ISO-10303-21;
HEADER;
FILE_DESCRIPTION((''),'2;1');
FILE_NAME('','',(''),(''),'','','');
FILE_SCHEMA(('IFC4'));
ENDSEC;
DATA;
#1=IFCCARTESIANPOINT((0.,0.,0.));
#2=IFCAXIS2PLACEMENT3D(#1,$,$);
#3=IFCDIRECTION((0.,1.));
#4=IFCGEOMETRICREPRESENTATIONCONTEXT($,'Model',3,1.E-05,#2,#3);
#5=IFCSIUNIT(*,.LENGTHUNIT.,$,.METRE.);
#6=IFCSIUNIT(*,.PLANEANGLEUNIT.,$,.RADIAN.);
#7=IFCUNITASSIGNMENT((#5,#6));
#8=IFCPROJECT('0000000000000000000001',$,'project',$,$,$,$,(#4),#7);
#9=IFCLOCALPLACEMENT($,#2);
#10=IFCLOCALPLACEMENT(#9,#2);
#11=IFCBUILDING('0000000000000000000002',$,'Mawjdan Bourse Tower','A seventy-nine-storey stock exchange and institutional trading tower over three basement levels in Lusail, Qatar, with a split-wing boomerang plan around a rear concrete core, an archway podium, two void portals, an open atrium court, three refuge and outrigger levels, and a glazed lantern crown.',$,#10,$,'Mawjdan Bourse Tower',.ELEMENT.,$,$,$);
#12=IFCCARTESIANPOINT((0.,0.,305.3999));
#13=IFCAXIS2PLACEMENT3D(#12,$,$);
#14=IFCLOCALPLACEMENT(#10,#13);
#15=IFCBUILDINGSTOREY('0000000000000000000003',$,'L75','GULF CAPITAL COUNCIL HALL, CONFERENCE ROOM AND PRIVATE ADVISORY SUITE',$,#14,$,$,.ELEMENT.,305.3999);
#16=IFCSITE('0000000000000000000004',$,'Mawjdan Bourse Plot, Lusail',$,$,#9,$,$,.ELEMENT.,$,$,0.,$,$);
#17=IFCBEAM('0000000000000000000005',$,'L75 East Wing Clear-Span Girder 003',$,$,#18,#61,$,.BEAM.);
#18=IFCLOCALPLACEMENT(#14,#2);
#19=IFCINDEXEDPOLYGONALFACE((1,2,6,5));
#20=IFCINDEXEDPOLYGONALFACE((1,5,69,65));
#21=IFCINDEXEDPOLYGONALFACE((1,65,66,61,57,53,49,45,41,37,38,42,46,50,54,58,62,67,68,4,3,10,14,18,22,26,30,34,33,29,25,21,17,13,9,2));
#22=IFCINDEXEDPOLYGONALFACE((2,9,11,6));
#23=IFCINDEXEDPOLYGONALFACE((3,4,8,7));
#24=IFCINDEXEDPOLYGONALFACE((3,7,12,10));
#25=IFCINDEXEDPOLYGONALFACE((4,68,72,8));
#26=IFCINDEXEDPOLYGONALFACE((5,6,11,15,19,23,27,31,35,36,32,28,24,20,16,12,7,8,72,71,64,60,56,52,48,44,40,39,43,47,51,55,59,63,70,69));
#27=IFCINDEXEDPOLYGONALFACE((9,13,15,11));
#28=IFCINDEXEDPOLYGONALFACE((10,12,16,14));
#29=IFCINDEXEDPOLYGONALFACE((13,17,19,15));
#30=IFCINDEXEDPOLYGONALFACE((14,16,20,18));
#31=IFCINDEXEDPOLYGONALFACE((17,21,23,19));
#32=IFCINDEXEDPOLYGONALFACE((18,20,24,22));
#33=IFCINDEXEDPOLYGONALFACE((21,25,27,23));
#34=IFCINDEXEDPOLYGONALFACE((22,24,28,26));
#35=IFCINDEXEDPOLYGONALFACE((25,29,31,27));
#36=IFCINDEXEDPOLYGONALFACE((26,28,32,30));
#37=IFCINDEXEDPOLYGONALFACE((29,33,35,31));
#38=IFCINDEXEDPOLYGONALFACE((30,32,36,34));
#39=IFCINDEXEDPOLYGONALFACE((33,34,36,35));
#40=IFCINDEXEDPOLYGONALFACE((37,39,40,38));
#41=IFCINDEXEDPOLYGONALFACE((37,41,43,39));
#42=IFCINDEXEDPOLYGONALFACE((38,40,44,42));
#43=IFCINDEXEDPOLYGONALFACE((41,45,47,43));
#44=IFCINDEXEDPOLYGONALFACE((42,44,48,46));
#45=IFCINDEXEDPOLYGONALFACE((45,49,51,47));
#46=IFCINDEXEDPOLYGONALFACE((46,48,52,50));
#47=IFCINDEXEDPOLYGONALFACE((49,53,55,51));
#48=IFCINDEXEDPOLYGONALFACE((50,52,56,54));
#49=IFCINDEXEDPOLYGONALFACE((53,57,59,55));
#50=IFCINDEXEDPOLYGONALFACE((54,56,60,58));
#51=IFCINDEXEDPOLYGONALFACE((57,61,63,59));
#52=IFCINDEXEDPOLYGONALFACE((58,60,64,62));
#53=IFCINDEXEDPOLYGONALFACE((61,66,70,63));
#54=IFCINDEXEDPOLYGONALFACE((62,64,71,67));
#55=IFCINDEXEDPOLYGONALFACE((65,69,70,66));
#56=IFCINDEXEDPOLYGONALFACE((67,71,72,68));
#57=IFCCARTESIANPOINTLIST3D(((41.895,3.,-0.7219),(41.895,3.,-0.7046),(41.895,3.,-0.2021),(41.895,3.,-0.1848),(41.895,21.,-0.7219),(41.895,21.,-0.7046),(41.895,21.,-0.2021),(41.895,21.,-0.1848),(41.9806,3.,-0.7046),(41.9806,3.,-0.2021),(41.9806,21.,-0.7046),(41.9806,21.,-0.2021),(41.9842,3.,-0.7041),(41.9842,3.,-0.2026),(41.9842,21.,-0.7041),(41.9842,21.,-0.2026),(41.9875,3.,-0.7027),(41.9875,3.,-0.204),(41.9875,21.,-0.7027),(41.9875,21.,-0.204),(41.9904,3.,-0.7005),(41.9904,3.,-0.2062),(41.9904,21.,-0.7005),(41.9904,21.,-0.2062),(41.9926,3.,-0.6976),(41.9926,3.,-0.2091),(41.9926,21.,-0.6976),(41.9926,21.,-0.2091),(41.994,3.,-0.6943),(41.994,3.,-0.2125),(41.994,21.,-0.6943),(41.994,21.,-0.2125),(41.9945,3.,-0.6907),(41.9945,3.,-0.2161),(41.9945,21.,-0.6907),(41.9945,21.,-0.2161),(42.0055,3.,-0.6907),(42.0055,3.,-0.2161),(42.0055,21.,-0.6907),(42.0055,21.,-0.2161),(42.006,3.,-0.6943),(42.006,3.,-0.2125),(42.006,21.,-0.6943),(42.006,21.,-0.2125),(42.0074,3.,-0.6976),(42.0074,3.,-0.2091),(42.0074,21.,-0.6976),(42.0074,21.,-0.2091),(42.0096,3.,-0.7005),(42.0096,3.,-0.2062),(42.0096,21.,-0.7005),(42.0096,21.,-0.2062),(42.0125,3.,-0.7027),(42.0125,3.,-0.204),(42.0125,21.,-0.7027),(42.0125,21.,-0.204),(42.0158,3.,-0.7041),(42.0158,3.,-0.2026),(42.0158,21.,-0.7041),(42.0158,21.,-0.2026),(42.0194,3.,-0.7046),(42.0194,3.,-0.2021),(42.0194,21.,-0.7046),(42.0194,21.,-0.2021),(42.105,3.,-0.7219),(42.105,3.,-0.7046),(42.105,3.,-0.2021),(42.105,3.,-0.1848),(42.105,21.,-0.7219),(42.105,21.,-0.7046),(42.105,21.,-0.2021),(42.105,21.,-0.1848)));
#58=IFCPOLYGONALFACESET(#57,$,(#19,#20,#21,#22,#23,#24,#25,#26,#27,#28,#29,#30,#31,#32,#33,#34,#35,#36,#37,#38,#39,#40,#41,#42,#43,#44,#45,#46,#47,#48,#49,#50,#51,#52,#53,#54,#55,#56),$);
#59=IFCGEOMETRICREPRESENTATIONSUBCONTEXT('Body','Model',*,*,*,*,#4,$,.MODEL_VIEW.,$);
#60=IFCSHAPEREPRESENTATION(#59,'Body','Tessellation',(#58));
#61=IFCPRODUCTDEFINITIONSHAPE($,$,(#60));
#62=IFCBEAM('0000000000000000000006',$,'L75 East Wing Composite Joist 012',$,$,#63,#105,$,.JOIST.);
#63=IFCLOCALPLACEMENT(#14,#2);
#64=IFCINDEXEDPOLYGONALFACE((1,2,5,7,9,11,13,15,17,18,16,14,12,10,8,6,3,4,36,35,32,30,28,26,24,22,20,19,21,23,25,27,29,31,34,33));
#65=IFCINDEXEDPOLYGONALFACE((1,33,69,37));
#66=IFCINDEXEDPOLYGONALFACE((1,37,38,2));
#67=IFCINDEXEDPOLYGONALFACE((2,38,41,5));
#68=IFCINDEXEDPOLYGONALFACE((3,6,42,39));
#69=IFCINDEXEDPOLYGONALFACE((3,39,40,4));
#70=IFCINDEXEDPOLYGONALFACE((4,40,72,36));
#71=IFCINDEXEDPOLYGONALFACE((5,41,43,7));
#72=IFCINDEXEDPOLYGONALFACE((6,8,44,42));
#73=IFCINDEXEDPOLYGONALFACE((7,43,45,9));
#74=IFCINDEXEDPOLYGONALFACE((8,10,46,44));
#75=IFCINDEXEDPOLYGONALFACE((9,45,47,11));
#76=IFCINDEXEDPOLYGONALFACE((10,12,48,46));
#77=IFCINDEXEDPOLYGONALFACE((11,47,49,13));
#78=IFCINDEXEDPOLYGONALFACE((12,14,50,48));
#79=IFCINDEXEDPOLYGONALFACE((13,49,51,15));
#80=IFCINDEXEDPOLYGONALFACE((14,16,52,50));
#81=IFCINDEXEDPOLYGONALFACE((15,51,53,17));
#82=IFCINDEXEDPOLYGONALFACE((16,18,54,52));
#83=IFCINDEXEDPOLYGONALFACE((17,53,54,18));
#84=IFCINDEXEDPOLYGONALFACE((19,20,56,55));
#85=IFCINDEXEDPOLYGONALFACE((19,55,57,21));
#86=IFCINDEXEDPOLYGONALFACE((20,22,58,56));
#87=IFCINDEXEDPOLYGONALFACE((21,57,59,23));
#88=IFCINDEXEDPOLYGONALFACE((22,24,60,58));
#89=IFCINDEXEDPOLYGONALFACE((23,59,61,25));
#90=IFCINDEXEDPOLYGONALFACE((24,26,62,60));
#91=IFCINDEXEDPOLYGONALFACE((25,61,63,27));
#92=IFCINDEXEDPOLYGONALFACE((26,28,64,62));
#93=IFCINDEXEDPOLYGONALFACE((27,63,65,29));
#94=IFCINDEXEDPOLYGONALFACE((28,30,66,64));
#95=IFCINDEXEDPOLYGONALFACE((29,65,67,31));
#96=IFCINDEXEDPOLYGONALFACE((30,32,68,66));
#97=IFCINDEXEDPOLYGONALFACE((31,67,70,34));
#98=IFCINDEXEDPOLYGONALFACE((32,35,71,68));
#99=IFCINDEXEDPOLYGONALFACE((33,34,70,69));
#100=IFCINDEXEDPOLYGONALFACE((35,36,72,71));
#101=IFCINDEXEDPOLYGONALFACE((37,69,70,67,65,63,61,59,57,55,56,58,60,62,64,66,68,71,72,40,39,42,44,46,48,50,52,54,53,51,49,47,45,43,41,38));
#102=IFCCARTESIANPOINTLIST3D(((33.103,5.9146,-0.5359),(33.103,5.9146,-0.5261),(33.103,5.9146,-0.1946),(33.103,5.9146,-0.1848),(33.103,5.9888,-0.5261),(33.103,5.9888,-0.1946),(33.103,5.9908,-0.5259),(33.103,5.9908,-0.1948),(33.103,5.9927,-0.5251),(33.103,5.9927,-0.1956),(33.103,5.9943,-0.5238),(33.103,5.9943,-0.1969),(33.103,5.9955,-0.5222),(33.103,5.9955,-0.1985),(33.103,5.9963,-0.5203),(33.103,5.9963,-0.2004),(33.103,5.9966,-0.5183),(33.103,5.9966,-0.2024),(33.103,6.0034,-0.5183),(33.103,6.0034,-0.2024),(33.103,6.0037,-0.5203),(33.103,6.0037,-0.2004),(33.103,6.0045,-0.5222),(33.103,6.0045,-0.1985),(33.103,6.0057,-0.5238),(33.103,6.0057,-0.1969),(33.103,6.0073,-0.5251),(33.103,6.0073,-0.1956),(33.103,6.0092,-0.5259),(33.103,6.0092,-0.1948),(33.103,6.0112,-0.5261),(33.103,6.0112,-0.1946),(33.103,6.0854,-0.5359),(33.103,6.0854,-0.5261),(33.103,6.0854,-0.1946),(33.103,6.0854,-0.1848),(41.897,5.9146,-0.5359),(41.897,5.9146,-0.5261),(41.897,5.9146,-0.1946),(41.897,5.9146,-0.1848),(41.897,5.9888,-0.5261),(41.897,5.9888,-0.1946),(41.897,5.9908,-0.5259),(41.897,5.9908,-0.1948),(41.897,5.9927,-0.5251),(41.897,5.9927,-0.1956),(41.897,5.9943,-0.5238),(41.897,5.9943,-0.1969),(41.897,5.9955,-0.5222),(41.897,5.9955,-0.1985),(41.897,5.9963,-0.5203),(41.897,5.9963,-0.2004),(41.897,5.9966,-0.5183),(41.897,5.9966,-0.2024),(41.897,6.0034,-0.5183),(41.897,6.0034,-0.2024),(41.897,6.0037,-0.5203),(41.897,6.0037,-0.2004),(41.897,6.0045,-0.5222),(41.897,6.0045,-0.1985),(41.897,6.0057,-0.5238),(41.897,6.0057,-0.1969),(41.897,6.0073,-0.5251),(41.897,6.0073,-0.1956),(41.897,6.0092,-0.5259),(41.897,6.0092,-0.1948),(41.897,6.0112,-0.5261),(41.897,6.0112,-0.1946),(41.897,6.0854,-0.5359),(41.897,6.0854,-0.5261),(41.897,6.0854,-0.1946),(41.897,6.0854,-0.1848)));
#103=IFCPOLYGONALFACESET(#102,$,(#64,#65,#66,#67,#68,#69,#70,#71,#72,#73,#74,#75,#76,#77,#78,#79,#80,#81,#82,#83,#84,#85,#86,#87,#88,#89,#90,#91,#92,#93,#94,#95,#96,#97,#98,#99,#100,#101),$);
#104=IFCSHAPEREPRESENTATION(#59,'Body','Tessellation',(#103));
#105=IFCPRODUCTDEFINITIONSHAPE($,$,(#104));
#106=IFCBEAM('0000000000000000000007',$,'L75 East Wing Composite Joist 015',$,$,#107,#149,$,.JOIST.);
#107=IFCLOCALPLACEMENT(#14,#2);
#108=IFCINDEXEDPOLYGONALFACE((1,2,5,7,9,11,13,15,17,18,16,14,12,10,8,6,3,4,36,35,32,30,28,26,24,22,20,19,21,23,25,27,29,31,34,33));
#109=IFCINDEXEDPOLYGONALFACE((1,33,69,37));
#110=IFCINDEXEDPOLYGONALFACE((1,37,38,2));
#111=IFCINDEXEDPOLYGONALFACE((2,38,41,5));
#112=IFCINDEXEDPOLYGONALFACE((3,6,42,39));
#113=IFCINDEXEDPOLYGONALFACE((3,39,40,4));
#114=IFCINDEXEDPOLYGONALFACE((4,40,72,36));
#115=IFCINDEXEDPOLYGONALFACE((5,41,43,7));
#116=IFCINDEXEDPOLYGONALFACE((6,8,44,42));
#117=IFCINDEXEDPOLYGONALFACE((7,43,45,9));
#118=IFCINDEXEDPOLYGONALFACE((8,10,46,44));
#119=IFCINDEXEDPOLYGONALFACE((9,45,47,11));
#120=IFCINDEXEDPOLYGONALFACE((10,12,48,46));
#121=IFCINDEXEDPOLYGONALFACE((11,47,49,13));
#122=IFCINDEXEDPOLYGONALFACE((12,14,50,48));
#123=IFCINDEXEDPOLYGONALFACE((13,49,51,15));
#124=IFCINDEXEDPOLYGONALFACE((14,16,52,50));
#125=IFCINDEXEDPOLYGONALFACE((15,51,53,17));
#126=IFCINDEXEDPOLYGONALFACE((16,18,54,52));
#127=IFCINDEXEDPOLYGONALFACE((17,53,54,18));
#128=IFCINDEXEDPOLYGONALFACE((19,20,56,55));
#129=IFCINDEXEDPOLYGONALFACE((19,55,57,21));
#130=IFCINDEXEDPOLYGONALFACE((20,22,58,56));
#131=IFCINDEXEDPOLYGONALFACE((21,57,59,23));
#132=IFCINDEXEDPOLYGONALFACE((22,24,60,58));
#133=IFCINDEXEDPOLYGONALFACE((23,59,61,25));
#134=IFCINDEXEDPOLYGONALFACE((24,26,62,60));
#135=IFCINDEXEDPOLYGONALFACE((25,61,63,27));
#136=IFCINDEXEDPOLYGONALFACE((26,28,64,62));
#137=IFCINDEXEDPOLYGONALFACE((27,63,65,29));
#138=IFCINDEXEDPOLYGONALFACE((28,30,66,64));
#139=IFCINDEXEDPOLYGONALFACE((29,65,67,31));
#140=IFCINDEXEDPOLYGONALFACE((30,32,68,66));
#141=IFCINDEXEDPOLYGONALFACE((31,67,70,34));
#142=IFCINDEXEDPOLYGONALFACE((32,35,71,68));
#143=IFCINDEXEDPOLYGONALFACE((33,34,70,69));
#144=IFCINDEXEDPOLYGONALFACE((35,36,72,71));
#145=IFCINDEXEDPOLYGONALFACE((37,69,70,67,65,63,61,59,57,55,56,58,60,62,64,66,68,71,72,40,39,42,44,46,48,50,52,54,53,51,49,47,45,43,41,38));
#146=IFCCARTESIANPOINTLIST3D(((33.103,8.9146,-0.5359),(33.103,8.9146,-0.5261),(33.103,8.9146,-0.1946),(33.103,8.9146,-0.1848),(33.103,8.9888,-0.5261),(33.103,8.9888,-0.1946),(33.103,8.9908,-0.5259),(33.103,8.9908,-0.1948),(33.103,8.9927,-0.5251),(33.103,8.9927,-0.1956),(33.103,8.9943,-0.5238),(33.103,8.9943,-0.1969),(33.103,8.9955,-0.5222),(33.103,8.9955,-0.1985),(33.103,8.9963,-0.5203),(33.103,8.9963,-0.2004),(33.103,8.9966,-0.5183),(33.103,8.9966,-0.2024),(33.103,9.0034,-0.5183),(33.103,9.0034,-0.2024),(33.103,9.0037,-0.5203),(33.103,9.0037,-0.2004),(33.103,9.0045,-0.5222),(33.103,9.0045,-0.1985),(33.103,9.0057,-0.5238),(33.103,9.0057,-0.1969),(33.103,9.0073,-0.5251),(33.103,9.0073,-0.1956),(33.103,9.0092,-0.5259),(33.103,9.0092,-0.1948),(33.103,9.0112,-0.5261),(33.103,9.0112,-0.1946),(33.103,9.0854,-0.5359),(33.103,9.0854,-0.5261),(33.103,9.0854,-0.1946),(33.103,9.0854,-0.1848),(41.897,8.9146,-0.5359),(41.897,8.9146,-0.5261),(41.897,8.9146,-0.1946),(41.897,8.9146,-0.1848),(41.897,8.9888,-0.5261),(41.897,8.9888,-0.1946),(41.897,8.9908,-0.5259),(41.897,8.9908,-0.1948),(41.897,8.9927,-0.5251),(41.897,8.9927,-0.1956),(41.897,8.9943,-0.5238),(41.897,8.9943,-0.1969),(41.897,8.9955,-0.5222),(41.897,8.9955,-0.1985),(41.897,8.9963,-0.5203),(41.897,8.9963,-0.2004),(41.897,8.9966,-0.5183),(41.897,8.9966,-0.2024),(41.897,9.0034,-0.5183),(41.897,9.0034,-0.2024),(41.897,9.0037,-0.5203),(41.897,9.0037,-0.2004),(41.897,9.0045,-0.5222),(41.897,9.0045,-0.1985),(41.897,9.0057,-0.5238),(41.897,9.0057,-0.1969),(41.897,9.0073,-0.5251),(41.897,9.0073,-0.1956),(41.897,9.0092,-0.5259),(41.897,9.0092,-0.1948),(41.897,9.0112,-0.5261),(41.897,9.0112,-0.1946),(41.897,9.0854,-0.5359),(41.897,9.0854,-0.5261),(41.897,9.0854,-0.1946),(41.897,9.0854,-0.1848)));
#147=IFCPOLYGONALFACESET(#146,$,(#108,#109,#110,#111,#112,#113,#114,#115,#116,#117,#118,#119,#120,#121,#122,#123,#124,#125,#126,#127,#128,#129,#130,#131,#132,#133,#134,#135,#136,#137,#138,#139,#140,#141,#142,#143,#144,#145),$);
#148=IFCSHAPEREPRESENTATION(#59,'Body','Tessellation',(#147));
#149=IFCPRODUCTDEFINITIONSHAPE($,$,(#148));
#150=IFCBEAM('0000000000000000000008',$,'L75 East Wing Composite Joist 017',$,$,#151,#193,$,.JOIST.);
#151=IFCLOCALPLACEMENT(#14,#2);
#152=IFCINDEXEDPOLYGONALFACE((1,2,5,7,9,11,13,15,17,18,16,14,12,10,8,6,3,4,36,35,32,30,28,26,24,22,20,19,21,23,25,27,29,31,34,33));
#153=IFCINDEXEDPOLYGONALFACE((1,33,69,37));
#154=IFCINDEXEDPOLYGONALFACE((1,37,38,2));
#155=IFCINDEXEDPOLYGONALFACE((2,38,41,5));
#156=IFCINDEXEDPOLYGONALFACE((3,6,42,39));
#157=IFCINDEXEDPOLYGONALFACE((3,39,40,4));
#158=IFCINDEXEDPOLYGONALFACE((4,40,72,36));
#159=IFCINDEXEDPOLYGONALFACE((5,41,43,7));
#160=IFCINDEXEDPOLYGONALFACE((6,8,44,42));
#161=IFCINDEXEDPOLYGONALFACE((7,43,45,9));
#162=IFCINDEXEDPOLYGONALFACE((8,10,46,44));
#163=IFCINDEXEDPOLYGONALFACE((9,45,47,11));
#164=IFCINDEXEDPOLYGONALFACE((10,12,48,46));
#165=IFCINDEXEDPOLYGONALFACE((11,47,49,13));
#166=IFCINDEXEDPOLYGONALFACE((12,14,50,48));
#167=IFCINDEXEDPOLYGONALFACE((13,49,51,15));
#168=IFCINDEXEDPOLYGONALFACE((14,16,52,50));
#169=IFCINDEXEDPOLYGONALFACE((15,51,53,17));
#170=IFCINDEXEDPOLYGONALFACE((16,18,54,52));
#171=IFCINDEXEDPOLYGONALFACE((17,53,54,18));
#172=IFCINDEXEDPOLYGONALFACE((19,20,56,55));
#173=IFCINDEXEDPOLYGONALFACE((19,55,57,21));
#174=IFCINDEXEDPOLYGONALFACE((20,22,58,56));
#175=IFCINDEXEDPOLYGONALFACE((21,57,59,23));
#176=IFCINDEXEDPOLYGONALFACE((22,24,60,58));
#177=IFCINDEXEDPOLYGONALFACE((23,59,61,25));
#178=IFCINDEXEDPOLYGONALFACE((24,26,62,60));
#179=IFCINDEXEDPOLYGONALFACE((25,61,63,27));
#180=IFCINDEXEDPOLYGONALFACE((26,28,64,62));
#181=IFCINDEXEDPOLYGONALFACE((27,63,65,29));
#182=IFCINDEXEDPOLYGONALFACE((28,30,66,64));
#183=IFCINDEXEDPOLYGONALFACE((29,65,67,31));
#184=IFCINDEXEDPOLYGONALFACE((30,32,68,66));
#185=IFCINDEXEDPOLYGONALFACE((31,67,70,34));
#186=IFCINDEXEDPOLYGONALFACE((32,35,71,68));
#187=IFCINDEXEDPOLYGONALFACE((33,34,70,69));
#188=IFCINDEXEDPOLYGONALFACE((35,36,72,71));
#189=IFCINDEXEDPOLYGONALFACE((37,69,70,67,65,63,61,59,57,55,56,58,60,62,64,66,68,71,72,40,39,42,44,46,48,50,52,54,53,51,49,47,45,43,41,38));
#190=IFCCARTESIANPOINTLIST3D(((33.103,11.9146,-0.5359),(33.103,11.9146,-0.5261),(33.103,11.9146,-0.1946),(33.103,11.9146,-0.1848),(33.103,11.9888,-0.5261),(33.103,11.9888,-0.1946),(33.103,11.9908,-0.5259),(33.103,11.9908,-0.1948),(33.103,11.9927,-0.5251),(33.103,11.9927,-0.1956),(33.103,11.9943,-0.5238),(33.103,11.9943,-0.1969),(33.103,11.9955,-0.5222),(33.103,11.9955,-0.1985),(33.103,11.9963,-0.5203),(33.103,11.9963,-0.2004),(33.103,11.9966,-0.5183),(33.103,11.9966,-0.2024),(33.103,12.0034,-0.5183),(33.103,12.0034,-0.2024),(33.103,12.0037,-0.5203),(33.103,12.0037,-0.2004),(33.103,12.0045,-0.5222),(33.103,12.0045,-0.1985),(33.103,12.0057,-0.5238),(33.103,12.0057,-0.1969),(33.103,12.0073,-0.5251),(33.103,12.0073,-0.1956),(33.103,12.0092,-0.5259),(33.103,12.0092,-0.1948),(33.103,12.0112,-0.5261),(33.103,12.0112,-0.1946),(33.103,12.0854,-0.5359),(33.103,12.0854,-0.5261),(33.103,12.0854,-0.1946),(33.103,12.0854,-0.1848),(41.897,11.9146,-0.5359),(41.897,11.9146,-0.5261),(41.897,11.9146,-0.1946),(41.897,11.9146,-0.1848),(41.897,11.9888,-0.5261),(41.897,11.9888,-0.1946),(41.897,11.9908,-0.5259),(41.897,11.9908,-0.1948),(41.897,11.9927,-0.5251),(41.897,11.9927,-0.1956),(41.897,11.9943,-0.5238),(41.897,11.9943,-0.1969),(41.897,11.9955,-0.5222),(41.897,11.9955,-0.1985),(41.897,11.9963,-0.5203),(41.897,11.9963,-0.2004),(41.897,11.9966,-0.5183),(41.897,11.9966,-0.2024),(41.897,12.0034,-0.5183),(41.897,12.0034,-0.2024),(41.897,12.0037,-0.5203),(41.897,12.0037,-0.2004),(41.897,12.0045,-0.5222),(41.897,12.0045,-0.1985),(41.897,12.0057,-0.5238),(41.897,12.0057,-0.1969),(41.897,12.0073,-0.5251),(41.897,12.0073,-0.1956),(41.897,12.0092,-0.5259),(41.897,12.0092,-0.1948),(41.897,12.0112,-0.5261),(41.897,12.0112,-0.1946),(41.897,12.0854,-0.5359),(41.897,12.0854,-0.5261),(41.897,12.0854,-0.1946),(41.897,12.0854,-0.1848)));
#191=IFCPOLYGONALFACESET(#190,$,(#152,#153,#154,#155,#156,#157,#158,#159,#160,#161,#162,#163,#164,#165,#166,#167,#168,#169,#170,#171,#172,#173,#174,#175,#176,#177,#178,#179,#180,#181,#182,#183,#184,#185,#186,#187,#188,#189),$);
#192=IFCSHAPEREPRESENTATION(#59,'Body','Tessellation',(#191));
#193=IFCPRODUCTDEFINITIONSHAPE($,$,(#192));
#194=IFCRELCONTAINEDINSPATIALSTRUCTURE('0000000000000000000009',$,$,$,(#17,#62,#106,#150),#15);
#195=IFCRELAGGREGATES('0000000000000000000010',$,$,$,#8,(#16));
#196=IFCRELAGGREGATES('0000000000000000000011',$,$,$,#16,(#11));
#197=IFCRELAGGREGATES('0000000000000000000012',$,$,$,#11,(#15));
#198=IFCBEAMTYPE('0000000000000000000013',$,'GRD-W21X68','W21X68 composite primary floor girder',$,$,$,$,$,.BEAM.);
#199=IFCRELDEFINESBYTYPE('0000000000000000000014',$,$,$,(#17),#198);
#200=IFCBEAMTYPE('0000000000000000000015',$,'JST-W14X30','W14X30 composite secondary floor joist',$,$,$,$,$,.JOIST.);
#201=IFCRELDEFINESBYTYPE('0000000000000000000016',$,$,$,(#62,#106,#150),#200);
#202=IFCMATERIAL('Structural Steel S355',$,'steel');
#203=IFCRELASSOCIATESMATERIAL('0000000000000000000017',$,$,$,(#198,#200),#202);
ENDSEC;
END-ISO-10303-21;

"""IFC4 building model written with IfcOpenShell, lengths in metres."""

from ifc_helpers import new_model, si_unit, direction, frame, origin, origin_2d, place, context, subcontext, project, spatial, i_section, extrude, material, material_profile, profile_set, type_object, element, save


model = new_model("IFC4")

# Units and contexts
model_context = context("Model", 3, precision=1e-05, world=origin(), true_north=direction((0.0, 1.0)))
body_context = subcontext(model_context, "Body", "Model", "MODEL_VIEW")
ifc_project = project(units=[si_unit("LENGTHUNIT", "METRE"), si_unit("PLANEANGLEUNIT", "RADIAN")], contexts=[model_context])

# Site, building, storey
site_placement = place(None, origin())
site = spatial("IfcSite", under=ifc_project, at=site_placement, Name="Mawjdan Bourse Plot, Lusail", CompositionType="ELEMENT", RefElevation=0.0)
building_placement = place(site_placement, origin())
building = spatial("IfcBuilding", under=site, at=building_placement, Name="Mawjdan Bourse Tower", Description="A seventy-nine-storey stock exchange and institutional trading tower over three basement levels in Lusail, Qatar, with a split-wing boomerang plan around a rear concrete core, an archway podium, two void portals, an open atrium court, three refuge and outrigger levels, and a glazed lantern crown.", LongName="Mawjdan Bourse Tower", CompositionType="ELEMENT")
storey_placement = place(building_placement, frame((0.0, 0.0, 305.3999)))
storey = spatial("IfcBuildingStorey", under=building, at=storey_placement, Name="L75", Description="GULF CAPITAL COUNCIL HALL, CONFERENCE ROOM AND PRIVATE ADVISORY SUITE", CompositionType="ELEMENT", Elevation=305.3999)

# Shared definitions
ifc_material_1 = material(Name="Structural Steel S355", Category="steel")

# Beams
ifc_material_profile_1 = material_profile(ifc_material_1, i_section(OverallWidth=0.21, OverallDepth=0.5371, WebThickness=0.011, FlangeThickness=0.0173, FilletRadius=0.0139, at=origin_2d()), Name="W21X68")
ifc_profile_set_1 = profile_set([ifc_material_profile_1], Name="Structural Steel S355")
beam_type_1 = type_object("IfcBeamType", Name="GRD-W21X68", Description="W21X68 composite primary floor girder", PredefinedType="BEAM", material=ifc_profile_set_1)
for number, where, z_axis, x_axis, name in (
    (1, (42.0, 3.0, -0.4534), (0.0, 1.0, 0.0), (-1.0, 0.0, 0.0), "L75 East Wing Clear-Span Girder 003"),
):
    element("IfcBeam", number, at=place(storey_placement, frame(where, z_axis=z_axis, x_axis=x_axis)), inside=storey, type_object=beam_type_1, Name=name, PredefinedType="BEAM", context=body_context, shape_type="SweptSolid", body=[
        extrude(i_section(OverallWidth=0.21, OverallDepth=0.5371, WebThickness=0.011, FlangeThickness=0.0173, FilletRadius=0.0139, at=origin_2d()), origin(), (0.0, 0.0, 1.0), 18.0),
    ])
ifc_material_profile_2 = material_profile(ifc_material_1, i_section(OverallWidth=0.1709, OverallDepth=0.3511, WebThickness=0.0068, FlangeThickness=0.0098, FilletRadius=0.0078, at=origin_2d()), Name="W14X30")
ifc_profile_set_2 = profile_set([ifc_material_profile_2], Name="Structural Steel S355")
beam_type_2 = type_object("IfcBeamType", Name="JST-W14X30", Description="W14X30 composite secondary floor joist", PredefinedType="JOIST", material=ifc_profile_set_2)
for number, where, z_axis, x_axis, name in (
    (2, (33.103, 6.0, -0.3604), (1.0, 0.0, 0.0), (0.0, 1.0, 0.0), "L75 East Wing Composite Joist 012"),
    (3, (33.103, 9.0, -0.3604), (1.0, 0.0, 0.0), (0.0, 1.0, 0.0), "L75 East Wing Composite Joist 015"),
    (4, (33.103, 12.0, -0.3604), (1.0, 0.0, 0.0), (0.0, 1.0, 0.0), "L75 East Wing Composite Joist 017"),
):
    element("IfcBeam", number, at=place(storey_placement, frame(where, z_axis=z_axis, x_axis=x_axis)), inside=storey, type_object=beam_type_2, Name=name, PredefinedType="JOIST", context=body_context, shape_type="SweptSolid", body=[
        extrude(i_section(OverallWidth=0.1709, OverallDepth=0.3511, WebThickness=0.0068, FlangeThickness=0.0098, FilletRadius=0.0078, at=origin_2d()), origin(), (0.0, 0.0, 1.0), 8.7939),
    ])

save(model, "model.ifc")
